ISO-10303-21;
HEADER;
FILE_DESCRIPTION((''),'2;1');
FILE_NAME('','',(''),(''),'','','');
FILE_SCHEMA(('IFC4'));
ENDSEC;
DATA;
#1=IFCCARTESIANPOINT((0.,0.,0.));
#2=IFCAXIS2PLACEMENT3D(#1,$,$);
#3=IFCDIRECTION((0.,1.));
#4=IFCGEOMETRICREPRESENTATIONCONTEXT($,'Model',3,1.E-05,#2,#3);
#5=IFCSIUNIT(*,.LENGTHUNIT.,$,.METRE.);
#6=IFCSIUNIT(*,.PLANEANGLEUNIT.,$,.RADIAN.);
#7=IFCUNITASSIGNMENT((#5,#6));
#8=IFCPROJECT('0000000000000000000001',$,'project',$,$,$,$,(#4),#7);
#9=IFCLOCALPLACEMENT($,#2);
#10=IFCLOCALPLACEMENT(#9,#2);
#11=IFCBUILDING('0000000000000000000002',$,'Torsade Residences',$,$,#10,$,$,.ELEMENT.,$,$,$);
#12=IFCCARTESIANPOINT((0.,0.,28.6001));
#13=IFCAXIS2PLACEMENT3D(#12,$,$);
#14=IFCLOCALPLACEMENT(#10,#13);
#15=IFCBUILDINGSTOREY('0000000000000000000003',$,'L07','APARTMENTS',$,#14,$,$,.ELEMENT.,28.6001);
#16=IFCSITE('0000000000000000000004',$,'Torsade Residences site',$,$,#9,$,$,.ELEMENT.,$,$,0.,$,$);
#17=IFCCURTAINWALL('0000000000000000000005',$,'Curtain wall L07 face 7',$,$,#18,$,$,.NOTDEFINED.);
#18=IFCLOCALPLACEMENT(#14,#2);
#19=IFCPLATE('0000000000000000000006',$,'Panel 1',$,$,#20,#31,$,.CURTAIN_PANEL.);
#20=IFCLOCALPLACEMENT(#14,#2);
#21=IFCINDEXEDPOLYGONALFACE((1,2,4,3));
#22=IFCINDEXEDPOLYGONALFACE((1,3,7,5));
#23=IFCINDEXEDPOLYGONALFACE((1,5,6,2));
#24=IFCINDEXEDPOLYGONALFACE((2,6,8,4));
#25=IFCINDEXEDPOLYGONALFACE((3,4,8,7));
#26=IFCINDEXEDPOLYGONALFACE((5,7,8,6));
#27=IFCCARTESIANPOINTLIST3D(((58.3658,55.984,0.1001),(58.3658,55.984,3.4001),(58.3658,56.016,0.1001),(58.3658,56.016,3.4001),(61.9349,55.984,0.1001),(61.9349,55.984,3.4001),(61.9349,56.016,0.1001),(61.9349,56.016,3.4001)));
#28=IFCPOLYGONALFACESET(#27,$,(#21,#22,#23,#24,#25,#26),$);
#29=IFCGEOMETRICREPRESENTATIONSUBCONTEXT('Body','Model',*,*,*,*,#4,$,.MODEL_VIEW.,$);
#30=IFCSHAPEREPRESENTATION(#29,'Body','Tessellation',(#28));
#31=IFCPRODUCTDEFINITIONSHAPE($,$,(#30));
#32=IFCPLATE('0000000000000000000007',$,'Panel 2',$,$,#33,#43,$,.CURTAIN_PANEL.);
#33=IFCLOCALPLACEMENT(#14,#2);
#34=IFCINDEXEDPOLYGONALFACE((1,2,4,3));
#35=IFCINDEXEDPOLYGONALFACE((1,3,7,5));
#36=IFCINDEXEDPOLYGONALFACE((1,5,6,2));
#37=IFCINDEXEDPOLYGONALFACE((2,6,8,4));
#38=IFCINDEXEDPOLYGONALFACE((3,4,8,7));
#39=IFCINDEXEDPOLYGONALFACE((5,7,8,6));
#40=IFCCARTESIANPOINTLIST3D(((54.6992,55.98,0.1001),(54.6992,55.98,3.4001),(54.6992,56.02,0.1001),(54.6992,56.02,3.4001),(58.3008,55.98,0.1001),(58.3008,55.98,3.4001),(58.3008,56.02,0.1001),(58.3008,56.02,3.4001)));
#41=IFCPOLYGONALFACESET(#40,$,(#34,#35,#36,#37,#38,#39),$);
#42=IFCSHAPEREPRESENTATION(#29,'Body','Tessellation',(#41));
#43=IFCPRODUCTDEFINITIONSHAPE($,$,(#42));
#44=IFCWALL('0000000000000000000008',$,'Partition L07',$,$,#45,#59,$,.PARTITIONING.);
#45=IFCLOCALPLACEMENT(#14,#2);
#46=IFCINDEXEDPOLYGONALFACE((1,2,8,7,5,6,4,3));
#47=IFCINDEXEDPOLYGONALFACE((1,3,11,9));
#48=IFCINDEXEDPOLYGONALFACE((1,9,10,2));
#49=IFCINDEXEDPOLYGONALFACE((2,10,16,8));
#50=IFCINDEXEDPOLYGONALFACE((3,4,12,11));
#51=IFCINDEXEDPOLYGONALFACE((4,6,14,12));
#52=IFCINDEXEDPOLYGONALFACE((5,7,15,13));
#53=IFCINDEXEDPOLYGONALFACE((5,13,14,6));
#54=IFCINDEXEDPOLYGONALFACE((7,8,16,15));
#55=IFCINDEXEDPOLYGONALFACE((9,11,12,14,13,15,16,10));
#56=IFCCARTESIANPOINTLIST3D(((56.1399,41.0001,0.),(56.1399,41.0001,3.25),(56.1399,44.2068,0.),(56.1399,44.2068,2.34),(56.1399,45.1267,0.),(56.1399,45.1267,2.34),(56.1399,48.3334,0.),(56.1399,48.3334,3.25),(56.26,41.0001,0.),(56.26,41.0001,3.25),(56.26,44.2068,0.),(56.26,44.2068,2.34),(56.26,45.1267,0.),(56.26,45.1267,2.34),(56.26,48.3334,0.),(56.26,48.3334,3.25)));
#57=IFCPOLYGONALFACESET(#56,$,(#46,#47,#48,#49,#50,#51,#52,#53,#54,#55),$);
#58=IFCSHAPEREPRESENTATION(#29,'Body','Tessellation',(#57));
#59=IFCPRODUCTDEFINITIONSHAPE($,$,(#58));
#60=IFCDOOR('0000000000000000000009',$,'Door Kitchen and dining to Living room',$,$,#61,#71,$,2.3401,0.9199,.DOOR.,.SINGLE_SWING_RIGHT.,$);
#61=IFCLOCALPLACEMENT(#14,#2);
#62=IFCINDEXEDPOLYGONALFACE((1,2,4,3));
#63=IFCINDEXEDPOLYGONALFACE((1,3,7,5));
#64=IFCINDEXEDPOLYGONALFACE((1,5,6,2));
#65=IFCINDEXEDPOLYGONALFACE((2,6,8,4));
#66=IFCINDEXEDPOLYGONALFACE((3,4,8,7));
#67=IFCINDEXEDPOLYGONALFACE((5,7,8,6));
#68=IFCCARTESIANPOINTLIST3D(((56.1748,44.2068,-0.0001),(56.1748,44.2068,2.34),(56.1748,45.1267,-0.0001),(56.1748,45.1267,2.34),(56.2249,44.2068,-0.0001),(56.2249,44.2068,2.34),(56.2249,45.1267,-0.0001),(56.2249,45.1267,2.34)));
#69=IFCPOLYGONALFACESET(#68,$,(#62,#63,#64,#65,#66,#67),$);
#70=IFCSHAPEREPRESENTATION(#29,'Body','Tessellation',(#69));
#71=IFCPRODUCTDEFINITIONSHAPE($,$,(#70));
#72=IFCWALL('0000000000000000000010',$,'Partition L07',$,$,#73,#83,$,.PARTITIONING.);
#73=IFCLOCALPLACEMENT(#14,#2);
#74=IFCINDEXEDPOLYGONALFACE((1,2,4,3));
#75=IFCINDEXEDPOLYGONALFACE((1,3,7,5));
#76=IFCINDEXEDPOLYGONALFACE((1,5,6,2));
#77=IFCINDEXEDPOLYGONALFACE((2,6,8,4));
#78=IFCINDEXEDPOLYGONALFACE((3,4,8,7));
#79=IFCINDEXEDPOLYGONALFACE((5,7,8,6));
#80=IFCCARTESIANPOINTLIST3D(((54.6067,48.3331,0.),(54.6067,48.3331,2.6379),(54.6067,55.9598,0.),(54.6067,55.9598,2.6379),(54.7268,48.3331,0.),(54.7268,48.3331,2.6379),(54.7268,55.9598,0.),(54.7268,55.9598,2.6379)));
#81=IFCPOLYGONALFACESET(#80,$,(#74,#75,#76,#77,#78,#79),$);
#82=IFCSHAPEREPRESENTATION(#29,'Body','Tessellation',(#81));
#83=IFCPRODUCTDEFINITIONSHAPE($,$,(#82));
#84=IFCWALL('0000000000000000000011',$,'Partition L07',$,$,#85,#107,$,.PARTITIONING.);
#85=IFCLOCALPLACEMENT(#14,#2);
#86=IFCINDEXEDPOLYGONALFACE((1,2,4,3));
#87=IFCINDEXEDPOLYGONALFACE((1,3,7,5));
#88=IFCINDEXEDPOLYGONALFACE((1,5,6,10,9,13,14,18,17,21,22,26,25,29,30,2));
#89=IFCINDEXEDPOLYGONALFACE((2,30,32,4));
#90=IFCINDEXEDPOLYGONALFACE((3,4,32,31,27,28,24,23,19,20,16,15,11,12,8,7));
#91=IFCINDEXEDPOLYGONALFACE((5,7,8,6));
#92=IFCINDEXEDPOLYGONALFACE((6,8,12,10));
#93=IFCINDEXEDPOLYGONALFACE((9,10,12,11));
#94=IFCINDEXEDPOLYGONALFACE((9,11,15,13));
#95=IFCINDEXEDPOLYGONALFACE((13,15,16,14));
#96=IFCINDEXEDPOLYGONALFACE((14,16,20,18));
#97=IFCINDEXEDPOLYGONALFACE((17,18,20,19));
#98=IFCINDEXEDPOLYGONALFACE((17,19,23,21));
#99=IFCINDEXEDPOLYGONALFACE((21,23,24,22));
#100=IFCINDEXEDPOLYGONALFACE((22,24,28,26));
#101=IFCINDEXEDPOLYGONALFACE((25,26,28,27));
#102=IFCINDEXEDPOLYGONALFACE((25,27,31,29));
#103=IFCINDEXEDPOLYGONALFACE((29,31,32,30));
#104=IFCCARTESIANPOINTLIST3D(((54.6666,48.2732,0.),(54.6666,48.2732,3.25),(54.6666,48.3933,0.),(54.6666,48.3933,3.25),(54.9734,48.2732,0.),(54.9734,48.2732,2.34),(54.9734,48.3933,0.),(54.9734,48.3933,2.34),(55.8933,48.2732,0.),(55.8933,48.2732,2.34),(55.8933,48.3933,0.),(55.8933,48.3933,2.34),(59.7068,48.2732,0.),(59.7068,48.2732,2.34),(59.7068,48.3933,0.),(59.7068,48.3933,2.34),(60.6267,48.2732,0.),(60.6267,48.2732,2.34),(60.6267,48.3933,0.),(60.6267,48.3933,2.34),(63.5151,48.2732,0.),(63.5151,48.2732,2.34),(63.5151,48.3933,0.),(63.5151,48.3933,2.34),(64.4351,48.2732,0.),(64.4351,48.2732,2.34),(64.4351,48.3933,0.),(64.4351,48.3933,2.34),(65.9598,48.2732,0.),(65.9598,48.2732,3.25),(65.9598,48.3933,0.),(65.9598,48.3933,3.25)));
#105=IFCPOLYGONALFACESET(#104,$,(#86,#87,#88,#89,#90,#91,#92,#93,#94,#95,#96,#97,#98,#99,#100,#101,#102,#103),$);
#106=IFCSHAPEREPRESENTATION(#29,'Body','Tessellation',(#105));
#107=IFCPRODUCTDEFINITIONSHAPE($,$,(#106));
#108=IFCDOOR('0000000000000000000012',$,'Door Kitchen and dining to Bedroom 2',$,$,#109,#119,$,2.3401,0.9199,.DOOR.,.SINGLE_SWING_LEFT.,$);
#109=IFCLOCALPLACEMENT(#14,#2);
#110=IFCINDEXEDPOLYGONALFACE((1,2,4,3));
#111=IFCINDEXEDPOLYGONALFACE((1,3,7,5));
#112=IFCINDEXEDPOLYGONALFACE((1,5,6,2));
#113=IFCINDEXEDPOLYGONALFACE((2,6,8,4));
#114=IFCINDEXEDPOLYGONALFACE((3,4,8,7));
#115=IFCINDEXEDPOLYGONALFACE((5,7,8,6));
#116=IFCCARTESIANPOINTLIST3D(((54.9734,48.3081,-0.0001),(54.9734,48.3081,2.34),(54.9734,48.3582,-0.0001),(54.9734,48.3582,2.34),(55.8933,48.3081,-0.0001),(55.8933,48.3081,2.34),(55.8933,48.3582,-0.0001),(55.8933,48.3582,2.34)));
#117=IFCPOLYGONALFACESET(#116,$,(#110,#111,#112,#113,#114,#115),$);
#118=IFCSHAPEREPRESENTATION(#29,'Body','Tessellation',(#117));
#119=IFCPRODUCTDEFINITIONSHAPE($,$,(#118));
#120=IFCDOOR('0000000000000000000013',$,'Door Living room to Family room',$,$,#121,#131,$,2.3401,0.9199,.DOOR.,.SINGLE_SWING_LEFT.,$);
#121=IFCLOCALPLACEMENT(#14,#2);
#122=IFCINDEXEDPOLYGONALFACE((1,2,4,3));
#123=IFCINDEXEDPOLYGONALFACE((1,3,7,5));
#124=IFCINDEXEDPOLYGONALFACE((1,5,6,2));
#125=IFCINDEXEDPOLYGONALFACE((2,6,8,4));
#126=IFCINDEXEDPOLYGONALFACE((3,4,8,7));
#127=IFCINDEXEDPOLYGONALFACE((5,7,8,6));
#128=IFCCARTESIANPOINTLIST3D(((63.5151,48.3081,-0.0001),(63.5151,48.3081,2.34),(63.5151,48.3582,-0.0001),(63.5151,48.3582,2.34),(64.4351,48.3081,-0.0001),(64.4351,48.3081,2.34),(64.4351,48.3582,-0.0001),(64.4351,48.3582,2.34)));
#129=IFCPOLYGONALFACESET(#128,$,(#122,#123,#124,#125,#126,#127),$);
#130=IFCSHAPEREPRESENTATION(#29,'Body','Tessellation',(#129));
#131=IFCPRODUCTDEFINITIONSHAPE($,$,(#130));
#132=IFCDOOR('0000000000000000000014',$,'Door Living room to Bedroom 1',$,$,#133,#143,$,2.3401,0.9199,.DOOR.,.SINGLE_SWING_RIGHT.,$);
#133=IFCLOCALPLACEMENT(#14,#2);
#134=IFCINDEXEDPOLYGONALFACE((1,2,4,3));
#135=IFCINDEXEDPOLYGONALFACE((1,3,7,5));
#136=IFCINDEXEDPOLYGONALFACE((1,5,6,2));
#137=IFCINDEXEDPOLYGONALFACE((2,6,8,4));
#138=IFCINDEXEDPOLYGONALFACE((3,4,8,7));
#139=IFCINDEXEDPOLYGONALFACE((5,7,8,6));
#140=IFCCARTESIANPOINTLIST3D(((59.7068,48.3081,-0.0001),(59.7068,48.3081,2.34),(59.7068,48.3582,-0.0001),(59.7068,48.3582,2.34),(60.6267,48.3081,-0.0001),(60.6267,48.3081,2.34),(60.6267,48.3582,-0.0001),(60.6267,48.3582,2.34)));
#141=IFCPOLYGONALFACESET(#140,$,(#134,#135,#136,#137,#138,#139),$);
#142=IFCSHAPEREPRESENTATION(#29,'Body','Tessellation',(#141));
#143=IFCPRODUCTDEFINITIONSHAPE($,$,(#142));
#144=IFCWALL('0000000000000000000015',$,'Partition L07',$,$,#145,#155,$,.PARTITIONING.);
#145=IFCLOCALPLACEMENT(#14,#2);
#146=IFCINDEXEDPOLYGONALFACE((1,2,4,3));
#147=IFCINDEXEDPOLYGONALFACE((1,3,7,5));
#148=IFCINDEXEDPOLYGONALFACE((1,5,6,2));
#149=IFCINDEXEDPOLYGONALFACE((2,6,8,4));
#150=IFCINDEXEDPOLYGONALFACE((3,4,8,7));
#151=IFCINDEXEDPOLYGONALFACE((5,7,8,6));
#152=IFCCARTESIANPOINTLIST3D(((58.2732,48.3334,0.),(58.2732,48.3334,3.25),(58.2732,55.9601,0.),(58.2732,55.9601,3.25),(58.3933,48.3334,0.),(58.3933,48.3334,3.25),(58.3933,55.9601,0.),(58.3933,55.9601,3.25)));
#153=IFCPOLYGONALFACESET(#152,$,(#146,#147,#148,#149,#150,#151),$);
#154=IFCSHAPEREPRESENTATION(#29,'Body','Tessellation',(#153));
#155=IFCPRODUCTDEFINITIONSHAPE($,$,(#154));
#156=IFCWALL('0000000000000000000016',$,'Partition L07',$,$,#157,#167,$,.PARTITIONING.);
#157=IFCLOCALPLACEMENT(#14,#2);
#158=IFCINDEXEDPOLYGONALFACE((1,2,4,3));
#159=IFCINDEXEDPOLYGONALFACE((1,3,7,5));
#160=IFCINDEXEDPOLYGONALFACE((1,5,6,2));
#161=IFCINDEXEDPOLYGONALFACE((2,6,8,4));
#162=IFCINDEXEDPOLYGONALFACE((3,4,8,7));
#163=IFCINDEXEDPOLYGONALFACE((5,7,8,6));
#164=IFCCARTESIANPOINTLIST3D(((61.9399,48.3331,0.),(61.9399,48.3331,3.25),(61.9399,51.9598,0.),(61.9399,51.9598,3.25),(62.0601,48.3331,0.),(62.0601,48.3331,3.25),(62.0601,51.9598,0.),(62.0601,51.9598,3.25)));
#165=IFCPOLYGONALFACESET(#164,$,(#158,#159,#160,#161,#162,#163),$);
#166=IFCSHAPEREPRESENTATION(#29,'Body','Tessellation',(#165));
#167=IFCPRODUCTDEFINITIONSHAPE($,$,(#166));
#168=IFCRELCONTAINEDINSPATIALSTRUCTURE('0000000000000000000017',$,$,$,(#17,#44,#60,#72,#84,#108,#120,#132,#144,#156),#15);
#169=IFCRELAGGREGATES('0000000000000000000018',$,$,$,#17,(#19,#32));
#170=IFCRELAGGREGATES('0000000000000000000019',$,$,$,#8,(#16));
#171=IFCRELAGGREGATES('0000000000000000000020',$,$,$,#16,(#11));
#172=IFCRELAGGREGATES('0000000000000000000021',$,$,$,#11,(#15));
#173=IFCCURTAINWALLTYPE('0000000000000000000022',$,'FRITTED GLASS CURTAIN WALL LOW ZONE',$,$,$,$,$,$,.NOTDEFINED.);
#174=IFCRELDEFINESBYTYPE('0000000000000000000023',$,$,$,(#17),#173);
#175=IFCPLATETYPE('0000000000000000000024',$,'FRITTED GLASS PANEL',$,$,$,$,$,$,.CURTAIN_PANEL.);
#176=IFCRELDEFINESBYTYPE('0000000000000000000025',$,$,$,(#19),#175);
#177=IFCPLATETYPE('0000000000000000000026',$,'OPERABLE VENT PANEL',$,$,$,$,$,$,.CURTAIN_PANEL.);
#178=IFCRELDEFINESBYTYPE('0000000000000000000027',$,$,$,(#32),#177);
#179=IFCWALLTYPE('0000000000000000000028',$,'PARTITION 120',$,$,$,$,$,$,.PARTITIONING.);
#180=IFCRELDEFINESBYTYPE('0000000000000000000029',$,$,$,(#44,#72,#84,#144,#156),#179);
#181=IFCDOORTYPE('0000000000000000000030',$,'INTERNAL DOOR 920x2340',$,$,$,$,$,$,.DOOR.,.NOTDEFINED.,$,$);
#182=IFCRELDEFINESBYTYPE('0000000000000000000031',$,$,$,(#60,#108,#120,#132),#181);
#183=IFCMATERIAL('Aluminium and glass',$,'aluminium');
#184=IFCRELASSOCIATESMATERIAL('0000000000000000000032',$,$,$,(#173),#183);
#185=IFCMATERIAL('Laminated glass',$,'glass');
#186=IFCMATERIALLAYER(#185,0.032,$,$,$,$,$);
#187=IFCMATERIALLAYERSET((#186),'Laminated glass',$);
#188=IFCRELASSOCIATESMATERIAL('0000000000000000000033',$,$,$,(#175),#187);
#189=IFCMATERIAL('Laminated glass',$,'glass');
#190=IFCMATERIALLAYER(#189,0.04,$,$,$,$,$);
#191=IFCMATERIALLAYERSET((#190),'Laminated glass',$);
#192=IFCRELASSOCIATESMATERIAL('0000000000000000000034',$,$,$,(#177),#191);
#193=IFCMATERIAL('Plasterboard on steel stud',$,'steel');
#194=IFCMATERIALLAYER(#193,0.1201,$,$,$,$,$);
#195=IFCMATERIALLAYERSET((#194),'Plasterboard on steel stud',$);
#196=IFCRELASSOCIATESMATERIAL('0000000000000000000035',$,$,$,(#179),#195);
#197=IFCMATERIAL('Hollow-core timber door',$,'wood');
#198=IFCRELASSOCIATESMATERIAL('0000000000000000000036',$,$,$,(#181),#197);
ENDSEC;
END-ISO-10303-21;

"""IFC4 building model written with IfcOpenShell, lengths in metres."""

from ifc_helpers import new_model, si_unit, direction, frame, frame_2d, origin, origin_2d, place, context, subcontext, project, spatial, rectangle, extrude, material, layer, layer_set, type_object, element, fill, aggregate, save


model = new_model("IFC4")

# Units and contexts
model_context = context("Model", 3, precision=1e-05, world=origin(), true_north=direction((0.0, 1.0)))
body_context = subcontext(model_context, "Body", "Model", "MODEL_VIEW")
ifc_project = project(units=[si_unit("LENGTHUNIT", "METRE"), si_unit("PLANEANGLEUNIT", "RADIAN")], contexts=[model_context])

# Site, building, storey
site_placement = place(None, origin())
site = spatial("IfcSite", under=ifc_project, at=site_placement, Name="Torsade Residences site", CompositionType="ELEMENT", RefElevation=0.0)
building_placement = place(site_placement, origin())
building = spatial("IfcBuilding", under=site, at=building_placement, Name="Torsade Residences", CompositionType="ELEMENT")
storey_placement = place(building_placement, frame((0.0, 0.0, 28.6001)))
storey = spatial("IfcBuildingStorey", under=building, at=storey_placement, Name="L07", Description="APARTMENTS", CompositionType="ELEMENT", Elevation=28.6001)

# Curtain wall
ifc_material_1 = material(Name="Aluminium and glass", Category="aluminium")
curtain_wall_type = type_object("IfcCurtainWallType", Name="FRITTED GLASS CURTAIN WALL LOW ZONE", PredefinedType="NOTDEFINED", material=ifc_material_1)
curtain_wall_placement = place(storey_placement, origin())
curtain_wall = element("IfcCurtainWall", 1, at=curtain_wall_placement, inside=storey, type_object=curtain_wall_type, Name="Curtain wall L07 face 7", PredefinedType="NOTDEFINED")

# Plates
ifc_material_2 = material(Name="Laminated glass", Category="glass")
ifc_layer_1 = layer(ifc_material_2, 0.032)
ifc_layer_set_1 = layer_set([ifc_layer_1], Name="Laminated glass")
plate_type_1 = type_object("IfcPlateType", Name="FRITTED GLASS PANEL", PredefinedType="CURTAIN_PANEL", material=ifc_layer_set_1)
plate_1_placement = place(storey_placement, frame((60.1504, 56.0, 0.1001), z_axis=(0.0, 0.0, 1.0), x_axis=(-1.0, 0.0, 0.0)))
plate_1 = element("IfcPlate", 2, at=plate_1_placement, type_object=plate_type_1, Name="Panel 1", PredefinedType="CURTAIN_PANEL", context=body_context, shape_type="SweptSolid", body=[
    extrude(rectangle(XDim=3.5691, YDim=0.032, at=origin_2d()), origin(), (0.0, 0.0, 1.0), 3.3),
])
ifc_material_3 = material(Name="Laminated glass", Category="glass")
ifc_layer_2 = layer(ifc_material_3, 0.04)
ifc_layer_set_2 = layer_set([ifc_layer_2], Name="Laminated glass")
plate_type_2 = type_object("IfcPlateType", Name="OPERABLE VENT PANEL", PredefinedType="CURTAIN_PANEL", material=ifc_layer_set_2)
plate_2_placement = place(storey_placement, frame((56.5, 56.0, 0.1001), z_axis=(0.0, 0.0, 1.0), x_axis=(-1.0, 0.0, 0.0)))
plate_2 = element("IfcPlate", 3, at=plate_2_placement, type_object=plate_type_2, Name="Panel 2", PredefinedType="CURTAIN_PANEL", context=body_context, shape_type="SweptSolid", body=[
    extrude(rectangle(XDim=3.6016, YDim=0.04, at=origin_2d()), origin(), (0.0, 0.0, 1.0), 3.3),
])
aggregate(curtain_wall, [plate_1, plate_2])

# Wall, opening, door
ifc_material_4 = material(Name="Plasterboard on steel stud", Category="steel")
ifc_layer_3 = layer(ifc_material_4, 0.1201)
ifc_layer_set_3 = layer_set([ifc_layer_3], Name="Plasterboard on steel stud")
wall_type = type_object("IfcWallType", Name="PARTITION 120", PredefinedType="PARTITIONING", material=ifc_layer_set_3)
wall_1_placement = place(storey_placement, frame((56.2, 48.3333, 0.0), z_axis=(0.0, 0.0, 1.0), x_axis=(0.0, -1.0, 0.0)))
wall_1 = element("IfcWall", 4, at=wall_1_placement, inside=storey, type_object=wall_type, Name="Partition L07", PredefinedType="PARTITIONING", context=body_context, shape_type="SweptSolid", body=[
    extrude(rectangle(XDim=7.3333, YDim=0.1201, at=frame_2d((3.6665, 0.0))), origin(), (0.0, 0.0, 1.0), 3.25),
])
opening_1_placement = place(wall_1_placement, frame((3.2065, 0.0, 0.0)))
opening_1 = element("IfcOpeningElement", 5, at=opening_1_placement, cuts=wall_1, PredefinedType="OPENING", context=body_context, shape_type="SweptSolid", body=[
    extrude(rectangle(XDim=0.9199, YDim=2.3401, at=frame_2d((0.46, 1.1699))), frame((0.0, 0.0701, 0.0), z_axis=(0.0, -1.0, 0.0), x_axis=(1.0, 0.0, 0.0)), (0.0, 0.0, 1.0), 0.1401),
])
ifc_material_5 = material(Name="Hollow-core timber door", Category="wood")
door_type = type_object("IfcDoorType", Name="INTERNAL DOOR 920x2340", OperationType="NOTDEFINED", PredefinedType="DOOR", material=ifc_material_5)
door_1_placement = place(opening_1_placement, origin())
door_1 = element("IfcDoor", 6, at=door_1_placement, inside=storey, type_object=door_type, Name="Door Kitchen and dining to Living room", OperationType="SINGLE_SWING_RIGHT", OverallHeight=2.3401, OverallWidth=0.9199, PredefinedType="DOOR", context=body_context, shape_type="SweptSolid", body=[
    extrude(rectangle(XDim=0.9199, YDim=2.3401, at=frame_2d((0.46, 1.1699))), frame((0.0, 0.0249, 0.0), z_axis=(0.0, -1.0, 0.0), x_axis=(1.0, 0.0, 0.0)), (0.0, 0.0, 1.0), 0.05),
])
fill(opening_1, door_1)

# Wall
wall_2_placement = place(storey_placement, frame((54.6667, 55.96, 0.0), z_axis=(0.0, 0.0, 1.0), x_axis=(0.0, -1.0, 0.0)))
element("IfcWall", 7, at=wall_2_placement, inside=storey, type_object=wall_type, Name="Partition L07", PredefinedType="PARTITIONING", context=body_context, shape_type="SweptSolid", body=[
    extrude(rectangle(XDim=7.6267, YDim=0.1201, at=frame_2d((3.8135, 0.0))), origin(), (0.0, 0.0, 1.0), 2.6379),
])

# Wall, openings, doors
wall_3_placement = place(storey_placement, frame((54.6667, 48.3333, 0.0), z_axis=(0.0, 0.0, 1.0), x_axis=(1.0, 0.0, 0.0)))
wall_3 = element("IfcWall", 8, at=wall_3_placement, inside=storey, type_object=wall_type, Name="Partition L07", PredefinedType="PARTITIONING", context=body_context, shape_type="SweptSolid", body=[
    extrude(rectangle(XDim=11.2932, YDim=0.1201, at=frame_2d((5.6465, 0.0))), origin(), (0.0, 0.0, 1.0), 3.25),
])
opening_2_placement = place(wall_3_placement, frame((0.3066, 0.0, 0.0)))
opening_2 = element("IfcOpeningElement", 9, at=opening_2_placement, cuts=wall_3, PredefinedType="OPENING", context=body_context, shape_type="SweptSolid", body=[
    extrude(rectangle(XDim=0.9199, YDim=2.3401, at=frame_2d((0.46, 1.1699))), frame((0.0, 0.0701, 0.0), z_axis=(0.0, -1.0, 0.0), x_axis=(1.0, 0.0, 0.0)), (0.0, 0.0, 1.0), 0.1401),
])
opening_3_placement = place(wall_3_placement, frame((8.8484, 0.0, 0.0)))
opening_3 = element("IfcOpeningElement", 10, at=opening_3_placement, cuts=wall_3, PredefinedType="OPENING", context=body_context, shape_type="SweptSolid", body=[
    extrude(rectangle(XDim=0.9199, YDim=2.3401, at=frame_2d((0.46, 1.1699))), frame((0.0, 0.0701, 0.0), z_axis=(0.0, -1.0, 0.0), x_axis=(1.0, 0.0, 0.0)), (0.0, 0.0, 1.0), 0.1401),
])
opening_4_placement = place(wall_3_placement, frame((5.04, 0.0, 0.0)))
opening_4 = element("IfcOpeningElement", 11, at=opening_4_placement, cuts=wall_3, PredefinedType="OPENING", context=body_context, shape_type="SweptSolid", body=[
    extrude(rectangle(XDim=0.9199, YDim=2.3401, at=frame_2d((0.46, 1.1699))), frame((0.0, 0.0701, 0.0), z_axis=(0.0, -1.0, 0.0), x_axis=(1.0, 0.0, 0.0)), (0.0, 0.0, 1.0), 0.1401),
])
door_2_placement = place(opening_2_placement, origin())
door_2 = element("IfcDoor", 12, at=door_2_placement, inside=storey, type_object=door_type, Name="Door Kitchen and dining to Bedroom 2", OperationType="SINGLE_SWING_LEFT", OverallHeight=2.3401, OverallWidth=0.9199, PredefinedType="DOOR", context=body_context, shape_type="SweptSolid", body=[
    extrude(rectangle(XDim=0.9199, YDim=2.3401, at=frame_2d((0.46, 1.1699))), frame((0.0, 0.0249, 0.0), z_axis=(0.0, -1.0, 0.0), x_axis=(1.0, 0.0, 0.0)), (0.0, 0.0, 1.0), 0.05),
])
fill(opening_2, door_2)
door_3_placement = place(opening_3_placement, origin())
door_3 = element("IfcDoor", 13, at=door_3_placement, inside=storey, type_object=door_type, Name="Door Living room to Family room", OperationType="SINGLE_SWING_LEFT", OverallHeight=2.3401, OverallWidth=0.9199, PredefinedType="DOOR", context=body_context, shape_type="SweptSolid", body=[
    extrude(rectangle(XDim=0.9199, YDim=2.3401, at=frame_2d((0.46, 1.1699))), frame((0.0, 0.0249, 0.0), z_axis=(0.0, -1.0, 0.0), x_axis=(1.0, 0.0, 0.0)), (0.0, 0.0, 1.0), 0.05),
])
fill(opening_3, door_3)
door_4_placement = place(opening_4_placement, origin())
door_4 = element("IfcDoor", 14, at=door_4_placement, inside=storey, type_object=door_type, Name="Door Living room to Bedroom 1", OperationType="SINGLE_SWING_RIGHT", OverallHeight=2.3401, OverallWidth=0.9199, PredefinedType="DOOR", context=body_context, shape_type="SweptSolid", body=[
    extrude(rectangle(XDim=0.9199, YDim=2.3401, at=frame_2d((0.46, 1.1699))), frame((0.0, 0.0249, 0.0), z_axis=(0.0, -1.0, 0.0), x_axis=(1.0, 0.0, 0.0)), (0.0, 0.0, 1.0), 0.05),
])
fill(opening_4, door_4)

# Walls
wall_4_placement = place(storey_placement, frame((58.3333, 48.3333, 0.0), z_axis=(0.0, 0.0, 1.0), x_axis=(0.0, 1.0, 0.0)))
element("IfcWall", 15, at=wall_4_placement, inside=storey, type_object=wall_type, Name="Partition L07", PredefinedType="PARTITIONING", context=body_context, shape_type="SweptSolid", body=[
    extrude(rectangle(XDim=7.6267, YDim=0.1201, at=frame_2d((3.8135, 0.0))), origin(), (0.0, 0.0, 1.0), 3.25),
])
wall_5_placement = place(storey_placement, frame((62.0, 51.96, 0.0), z_axis=(0.0, 0.0, 1.0), x_axis=(0.0, -1.0, 0.0)))
element("IfcWall", 16, at=wall_5_placement, inside=storey, type_object=wall_type, Name="Partition L07", PredefinedType="PARTITIONING", context=body_context, shape_type="SweptSolid", body=[
    extrude(rectangle(XDim=3.6267, YDim=0.1201, at=frame_2d((1.8135, 0.0))), origin(), (0.0, 0.0, 1.0), 3.25),
])

save(model, "model.ifc")
